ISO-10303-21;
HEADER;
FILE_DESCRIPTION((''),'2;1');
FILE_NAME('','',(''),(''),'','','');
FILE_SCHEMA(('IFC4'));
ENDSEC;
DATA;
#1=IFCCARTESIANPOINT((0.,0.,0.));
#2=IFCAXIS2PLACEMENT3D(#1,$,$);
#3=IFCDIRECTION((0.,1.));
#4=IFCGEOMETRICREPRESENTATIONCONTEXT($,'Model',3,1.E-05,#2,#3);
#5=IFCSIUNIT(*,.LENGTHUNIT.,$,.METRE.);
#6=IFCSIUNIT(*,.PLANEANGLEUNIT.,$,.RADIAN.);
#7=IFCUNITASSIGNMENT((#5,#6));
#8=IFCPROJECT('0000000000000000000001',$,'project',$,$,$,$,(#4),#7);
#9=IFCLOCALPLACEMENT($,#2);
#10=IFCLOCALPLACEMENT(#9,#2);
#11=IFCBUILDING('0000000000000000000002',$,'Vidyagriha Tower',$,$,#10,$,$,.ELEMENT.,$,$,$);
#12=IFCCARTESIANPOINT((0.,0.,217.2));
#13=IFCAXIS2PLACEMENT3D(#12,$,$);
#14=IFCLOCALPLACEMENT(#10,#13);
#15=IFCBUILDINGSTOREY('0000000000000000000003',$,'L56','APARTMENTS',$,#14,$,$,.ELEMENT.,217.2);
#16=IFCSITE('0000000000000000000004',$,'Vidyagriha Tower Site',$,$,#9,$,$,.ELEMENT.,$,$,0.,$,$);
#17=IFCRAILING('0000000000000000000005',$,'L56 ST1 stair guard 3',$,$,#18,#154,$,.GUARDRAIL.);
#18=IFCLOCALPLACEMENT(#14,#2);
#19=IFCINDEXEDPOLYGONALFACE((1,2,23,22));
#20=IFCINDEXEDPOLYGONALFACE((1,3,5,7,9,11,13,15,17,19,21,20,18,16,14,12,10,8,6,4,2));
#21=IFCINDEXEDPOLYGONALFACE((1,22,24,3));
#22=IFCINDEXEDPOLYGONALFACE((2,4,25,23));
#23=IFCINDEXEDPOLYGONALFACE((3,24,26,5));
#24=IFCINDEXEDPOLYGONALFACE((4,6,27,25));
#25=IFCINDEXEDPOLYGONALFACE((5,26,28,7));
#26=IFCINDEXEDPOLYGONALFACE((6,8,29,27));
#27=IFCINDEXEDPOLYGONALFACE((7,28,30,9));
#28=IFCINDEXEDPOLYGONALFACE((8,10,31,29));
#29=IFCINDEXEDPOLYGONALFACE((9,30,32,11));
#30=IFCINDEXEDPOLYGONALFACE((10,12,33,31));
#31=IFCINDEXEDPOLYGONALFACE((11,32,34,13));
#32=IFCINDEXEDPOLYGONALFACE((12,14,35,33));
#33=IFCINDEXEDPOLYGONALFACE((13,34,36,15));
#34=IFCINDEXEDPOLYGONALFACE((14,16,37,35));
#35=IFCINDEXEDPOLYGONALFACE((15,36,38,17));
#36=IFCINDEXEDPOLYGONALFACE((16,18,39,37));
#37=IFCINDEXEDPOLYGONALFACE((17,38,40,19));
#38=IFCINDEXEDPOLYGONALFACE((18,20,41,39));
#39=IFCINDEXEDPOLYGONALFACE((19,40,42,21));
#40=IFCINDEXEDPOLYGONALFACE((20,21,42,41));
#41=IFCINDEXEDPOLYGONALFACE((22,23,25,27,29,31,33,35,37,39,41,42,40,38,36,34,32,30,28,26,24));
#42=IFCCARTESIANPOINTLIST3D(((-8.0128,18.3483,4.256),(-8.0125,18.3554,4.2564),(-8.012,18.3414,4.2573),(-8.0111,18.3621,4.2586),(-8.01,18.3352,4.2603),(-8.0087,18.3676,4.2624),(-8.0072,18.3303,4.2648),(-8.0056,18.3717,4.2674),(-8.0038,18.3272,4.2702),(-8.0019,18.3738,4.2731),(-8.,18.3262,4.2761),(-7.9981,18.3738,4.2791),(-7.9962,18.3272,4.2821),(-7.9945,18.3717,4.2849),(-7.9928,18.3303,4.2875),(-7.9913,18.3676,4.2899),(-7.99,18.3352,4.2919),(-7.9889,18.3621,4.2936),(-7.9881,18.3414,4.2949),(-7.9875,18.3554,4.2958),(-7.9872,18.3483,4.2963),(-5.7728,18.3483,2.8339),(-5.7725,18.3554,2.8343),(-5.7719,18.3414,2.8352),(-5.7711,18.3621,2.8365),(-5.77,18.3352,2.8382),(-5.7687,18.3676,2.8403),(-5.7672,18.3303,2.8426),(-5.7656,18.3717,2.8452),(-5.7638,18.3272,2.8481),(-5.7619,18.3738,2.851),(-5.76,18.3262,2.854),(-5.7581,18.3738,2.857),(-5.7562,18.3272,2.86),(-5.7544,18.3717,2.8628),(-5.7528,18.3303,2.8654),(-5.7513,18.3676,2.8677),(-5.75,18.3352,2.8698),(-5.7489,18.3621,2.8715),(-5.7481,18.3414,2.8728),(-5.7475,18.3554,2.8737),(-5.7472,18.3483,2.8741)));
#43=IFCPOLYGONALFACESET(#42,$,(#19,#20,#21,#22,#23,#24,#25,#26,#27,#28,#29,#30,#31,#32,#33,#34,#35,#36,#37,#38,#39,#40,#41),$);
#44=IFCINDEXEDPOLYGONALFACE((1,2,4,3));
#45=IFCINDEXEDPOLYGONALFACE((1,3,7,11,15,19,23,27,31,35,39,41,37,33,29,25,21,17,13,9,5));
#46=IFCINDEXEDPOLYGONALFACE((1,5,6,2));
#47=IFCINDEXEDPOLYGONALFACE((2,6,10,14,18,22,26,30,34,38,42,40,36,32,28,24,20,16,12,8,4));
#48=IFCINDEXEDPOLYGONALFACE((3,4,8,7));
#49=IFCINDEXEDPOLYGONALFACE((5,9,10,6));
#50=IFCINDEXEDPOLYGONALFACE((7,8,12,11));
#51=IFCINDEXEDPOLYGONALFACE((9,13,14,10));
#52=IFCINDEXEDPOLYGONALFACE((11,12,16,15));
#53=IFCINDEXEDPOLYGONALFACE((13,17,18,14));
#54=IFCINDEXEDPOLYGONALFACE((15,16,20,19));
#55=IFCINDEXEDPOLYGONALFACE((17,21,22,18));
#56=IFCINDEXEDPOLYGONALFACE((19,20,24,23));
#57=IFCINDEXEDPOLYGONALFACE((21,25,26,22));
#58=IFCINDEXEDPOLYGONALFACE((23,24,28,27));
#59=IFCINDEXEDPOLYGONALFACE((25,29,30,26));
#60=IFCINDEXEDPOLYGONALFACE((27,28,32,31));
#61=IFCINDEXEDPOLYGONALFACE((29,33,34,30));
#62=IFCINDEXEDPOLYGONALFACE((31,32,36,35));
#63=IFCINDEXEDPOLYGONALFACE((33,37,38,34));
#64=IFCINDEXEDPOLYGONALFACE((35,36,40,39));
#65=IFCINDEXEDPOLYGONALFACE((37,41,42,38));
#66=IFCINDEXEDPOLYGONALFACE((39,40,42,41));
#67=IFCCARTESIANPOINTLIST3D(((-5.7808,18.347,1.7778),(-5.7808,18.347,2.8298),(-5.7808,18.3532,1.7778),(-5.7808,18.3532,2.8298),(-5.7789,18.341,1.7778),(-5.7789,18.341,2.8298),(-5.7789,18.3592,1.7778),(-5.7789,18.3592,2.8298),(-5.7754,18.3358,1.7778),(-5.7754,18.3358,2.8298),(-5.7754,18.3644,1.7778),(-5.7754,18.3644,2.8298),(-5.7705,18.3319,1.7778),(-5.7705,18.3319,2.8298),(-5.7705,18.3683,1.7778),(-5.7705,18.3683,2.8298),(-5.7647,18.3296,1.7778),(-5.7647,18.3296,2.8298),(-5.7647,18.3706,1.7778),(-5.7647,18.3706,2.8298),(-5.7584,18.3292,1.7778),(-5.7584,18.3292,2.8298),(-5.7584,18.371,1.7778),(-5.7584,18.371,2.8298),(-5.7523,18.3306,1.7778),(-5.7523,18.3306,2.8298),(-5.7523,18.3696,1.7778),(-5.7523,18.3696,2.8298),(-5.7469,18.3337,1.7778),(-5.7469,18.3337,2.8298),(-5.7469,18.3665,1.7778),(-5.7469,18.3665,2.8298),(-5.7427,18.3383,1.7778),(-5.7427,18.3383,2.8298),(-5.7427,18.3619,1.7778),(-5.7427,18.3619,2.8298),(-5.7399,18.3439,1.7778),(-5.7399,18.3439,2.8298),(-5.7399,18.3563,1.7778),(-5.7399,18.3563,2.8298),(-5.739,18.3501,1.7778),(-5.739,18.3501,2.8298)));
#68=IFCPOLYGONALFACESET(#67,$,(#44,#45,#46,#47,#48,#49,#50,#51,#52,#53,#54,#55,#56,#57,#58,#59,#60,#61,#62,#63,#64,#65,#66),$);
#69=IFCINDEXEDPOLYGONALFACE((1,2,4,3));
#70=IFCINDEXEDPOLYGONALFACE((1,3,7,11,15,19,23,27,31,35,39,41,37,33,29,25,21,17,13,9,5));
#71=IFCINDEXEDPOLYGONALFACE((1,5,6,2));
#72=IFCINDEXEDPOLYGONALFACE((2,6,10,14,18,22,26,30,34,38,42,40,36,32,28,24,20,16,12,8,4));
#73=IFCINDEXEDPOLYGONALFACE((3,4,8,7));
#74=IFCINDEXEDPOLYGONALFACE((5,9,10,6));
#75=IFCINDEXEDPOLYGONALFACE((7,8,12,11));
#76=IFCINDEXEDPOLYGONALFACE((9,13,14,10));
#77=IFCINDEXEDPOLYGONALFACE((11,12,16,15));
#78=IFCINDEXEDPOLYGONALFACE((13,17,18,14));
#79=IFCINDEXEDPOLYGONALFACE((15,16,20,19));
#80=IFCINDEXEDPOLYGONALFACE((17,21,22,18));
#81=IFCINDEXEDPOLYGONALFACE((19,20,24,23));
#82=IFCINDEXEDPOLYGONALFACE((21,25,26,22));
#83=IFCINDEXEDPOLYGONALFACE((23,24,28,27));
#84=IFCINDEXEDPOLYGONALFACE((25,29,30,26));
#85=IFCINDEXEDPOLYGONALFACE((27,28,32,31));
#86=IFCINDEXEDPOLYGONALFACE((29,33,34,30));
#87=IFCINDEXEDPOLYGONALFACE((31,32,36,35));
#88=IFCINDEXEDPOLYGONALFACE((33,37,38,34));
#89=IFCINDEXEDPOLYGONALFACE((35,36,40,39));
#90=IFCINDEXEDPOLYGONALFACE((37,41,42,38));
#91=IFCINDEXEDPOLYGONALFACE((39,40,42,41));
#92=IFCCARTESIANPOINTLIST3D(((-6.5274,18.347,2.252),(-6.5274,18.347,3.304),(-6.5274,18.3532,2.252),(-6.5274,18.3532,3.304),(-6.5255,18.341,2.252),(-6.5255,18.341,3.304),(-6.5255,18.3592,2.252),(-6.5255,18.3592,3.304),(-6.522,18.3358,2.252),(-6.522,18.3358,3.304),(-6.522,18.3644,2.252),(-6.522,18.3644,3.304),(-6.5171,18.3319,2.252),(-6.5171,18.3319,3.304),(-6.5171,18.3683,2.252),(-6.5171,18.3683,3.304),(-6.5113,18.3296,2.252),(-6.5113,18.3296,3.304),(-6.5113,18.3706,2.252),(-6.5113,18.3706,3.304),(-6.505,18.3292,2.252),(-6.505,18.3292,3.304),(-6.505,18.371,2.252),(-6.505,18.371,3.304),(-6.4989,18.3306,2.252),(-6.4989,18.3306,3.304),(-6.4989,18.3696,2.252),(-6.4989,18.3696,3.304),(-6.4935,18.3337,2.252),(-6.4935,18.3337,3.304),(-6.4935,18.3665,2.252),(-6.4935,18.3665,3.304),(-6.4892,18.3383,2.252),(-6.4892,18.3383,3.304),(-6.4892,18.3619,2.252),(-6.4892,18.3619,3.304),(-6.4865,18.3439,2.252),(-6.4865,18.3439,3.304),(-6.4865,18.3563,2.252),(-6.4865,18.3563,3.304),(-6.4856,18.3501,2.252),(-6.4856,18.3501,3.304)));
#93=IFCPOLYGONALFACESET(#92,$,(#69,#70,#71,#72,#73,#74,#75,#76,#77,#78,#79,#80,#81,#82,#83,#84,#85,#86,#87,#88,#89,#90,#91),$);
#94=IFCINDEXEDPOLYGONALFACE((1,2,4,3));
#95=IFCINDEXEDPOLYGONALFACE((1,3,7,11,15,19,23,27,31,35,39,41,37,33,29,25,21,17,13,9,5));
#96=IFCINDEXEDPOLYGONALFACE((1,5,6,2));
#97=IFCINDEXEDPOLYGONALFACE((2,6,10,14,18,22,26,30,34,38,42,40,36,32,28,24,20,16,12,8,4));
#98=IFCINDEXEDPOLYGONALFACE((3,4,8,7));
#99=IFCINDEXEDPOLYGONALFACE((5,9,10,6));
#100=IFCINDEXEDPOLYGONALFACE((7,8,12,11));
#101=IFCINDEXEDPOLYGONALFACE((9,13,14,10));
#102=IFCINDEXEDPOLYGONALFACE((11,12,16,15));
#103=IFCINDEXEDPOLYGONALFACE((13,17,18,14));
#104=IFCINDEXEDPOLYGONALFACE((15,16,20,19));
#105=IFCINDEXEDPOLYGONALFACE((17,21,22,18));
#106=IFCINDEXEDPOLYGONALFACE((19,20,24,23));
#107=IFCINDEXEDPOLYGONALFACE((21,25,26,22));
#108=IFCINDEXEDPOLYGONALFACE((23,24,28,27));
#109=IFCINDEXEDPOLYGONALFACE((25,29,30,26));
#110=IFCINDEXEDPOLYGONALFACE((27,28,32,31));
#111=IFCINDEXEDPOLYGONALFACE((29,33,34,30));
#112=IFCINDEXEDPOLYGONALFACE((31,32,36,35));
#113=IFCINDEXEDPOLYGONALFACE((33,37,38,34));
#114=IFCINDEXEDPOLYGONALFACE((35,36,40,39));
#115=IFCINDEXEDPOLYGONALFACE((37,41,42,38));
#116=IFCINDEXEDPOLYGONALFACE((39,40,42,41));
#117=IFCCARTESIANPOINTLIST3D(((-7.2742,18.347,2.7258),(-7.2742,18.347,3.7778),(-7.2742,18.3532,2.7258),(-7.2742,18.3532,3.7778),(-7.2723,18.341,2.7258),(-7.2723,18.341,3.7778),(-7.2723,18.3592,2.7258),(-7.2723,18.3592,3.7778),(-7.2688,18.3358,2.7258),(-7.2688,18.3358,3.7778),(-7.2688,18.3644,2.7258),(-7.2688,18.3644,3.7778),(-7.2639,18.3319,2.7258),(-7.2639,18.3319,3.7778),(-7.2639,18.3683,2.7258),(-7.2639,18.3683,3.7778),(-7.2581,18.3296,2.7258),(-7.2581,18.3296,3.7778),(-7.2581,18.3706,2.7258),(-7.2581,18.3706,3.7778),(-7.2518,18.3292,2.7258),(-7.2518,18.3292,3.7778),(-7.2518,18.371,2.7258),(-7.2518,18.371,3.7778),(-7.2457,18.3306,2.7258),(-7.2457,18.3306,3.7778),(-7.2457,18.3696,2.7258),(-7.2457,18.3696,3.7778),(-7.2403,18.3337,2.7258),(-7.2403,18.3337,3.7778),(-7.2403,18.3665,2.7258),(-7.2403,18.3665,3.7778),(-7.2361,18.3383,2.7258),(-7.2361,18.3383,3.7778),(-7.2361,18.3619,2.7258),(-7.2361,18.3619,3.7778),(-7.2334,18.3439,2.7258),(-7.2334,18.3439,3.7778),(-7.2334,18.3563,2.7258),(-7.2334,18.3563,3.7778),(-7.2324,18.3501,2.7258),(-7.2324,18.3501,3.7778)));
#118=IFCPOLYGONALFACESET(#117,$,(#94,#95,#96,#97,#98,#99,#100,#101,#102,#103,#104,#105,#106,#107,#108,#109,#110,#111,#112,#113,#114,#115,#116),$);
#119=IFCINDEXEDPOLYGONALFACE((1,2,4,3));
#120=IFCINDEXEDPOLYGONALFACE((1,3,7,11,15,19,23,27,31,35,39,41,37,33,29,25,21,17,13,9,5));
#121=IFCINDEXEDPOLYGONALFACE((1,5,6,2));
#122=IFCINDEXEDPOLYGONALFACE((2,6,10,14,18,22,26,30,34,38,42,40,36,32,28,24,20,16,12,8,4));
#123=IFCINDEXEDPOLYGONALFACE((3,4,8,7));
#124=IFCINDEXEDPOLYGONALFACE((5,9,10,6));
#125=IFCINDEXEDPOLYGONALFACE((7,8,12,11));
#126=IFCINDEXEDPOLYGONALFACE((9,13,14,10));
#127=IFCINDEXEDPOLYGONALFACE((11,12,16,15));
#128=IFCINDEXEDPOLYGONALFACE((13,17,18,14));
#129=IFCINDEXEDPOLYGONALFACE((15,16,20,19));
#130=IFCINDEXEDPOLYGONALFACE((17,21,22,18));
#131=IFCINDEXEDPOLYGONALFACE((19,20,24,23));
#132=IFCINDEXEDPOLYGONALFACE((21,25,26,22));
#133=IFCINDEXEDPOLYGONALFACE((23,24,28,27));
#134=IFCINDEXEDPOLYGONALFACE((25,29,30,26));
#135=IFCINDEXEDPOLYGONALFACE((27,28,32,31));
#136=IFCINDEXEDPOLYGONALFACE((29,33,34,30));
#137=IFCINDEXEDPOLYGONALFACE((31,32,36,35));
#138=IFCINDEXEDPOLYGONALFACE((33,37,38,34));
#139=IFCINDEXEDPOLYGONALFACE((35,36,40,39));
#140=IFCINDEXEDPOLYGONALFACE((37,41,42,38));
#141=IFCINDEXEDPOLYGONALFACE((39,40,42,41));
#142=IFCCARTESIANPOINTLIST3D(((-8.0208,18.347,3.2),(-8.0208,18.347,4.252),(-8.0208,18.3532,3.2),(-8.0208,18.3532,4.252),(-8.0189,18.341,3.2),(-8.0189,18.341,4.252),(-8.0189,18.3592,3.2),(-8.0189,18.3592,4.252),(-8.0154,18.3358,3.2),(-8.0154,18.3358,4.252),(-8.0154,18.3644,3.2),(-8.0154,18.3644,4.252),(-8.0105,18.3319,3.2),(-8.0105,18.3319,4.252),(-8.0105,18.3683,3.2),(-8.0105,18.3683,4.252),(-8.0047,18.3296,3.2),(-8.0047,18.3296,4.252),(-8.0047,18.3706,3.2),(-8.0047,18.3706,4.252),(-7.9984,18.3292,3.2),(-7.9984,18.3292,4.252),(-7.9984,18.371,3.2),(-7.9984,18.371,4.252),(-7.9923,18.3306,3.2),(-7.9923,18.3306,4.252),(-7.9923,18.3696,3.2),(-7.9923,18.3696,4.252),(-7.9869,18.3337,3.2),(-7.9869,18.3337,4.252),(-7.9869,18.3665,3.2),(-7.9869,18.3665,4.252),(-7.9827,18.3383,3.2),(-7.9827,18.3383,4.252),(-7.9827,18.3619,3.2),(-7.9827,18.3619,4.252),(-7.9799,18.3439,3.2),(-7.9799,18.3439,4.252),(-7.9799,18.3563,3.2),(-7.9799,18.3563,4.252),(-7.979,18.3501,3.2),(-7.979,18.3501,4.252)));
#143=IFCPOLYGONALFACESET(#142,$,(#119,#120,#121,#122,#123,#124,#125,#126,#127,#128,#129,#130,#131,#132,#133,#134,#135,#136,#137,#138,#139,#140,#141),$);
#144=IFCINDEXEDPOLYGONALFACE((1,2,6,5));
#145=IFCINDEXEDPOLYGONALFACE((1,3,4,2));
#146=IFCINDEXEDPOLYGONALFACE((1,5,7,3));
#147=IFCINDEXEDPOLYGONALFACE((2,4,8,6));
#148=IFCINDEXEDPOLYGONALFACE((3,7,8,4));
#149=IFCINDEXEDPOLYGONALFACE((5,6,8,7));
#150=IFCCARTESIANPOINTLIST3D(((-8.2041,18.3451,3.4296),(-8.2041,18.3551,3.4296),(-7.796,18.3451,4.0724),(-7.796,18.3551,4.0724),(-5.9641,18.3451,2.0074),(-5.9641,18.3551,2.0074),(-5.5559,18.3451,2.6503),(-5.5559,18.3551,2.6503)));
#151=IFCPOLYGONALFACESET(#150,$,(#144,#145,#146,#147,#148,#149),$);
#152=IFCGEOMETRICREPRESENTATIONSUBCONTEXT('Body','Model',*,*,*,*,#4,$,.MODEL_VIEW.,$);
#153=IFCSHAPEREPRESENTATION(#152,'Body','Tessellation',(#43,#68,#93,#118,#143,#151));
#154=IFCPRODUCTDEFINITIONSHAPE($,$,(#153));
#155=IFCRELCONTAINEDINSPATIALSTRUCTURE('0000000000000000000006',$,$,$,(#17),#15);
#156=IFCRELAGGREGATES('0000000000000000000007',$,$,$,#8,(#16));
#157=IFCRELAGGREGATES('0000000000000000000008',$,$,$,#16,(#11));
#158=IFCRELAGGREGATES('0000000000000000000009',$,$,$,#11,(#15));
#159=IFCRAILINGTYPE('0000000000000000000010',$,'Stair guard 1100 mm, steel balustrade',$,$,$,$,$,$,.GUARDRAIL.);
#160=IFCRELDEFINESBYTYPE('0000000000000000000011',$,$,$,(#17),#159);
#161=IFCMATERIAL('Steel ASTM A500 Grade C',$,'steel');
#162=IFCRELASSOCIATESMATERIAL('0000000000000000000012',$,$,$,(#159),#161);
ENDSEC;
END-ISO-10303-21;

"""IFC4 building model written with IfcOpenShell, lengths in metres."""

from ifc_helpers import new_model, si_unit, direction, frame, origin, origin_2d, place, context, subcontext, project, spatial, rectangle, circle, extrude, material, type_object, element, save


model = new_model("IFC4")

# Units and contexts
model_context = context("Model", 3, precision=1e-05, world=origin(), true_north=direction((0.0, 1.0)))
body_context = subcontext(model_context, "Body", "Model", "MODEL_VIEW")
ifc_project = project(units=[si_unit("LENGTHUNIT", "METRE"), si_unit("PLANEANGLEUNIT", "RADIAN")], contexts=[model_context])

# Site, building, storey
site_placement = place(None, origin())
site = spatial("IfcSite", under=ifc_project, at=site_placement, Name="Vidyagriha Tower Site", CompositionType="ELEMENT", RefElevation=0.0)
building_placement = place(site_placement, origin())
building = spatial("IfcBuilding", under=site, at=building_placement, Name="Vidyagriha Tower", CompositionType="ELEMENT")
storey_placement = place(building_placement, frame((0.0, 0.0, 217.2)))
storey = spatial("IfcBuildingStorey", under=building, at=storey_placement, Name="L56", Description="APARTMENTS", CompositionType="ELEMENT", Elevation=217.2)

# Railing
ifc_material_1 = material(Name="Steel ASTM A500 Grade C", Category="steel")
railing_type_1 = type_object("IfcRailingType", Name="Stair guard 1100 mm, steel balustrade", PredefinedType="GUARDRAIL", material=ifc_material_1)
railing_1_placement = place(storey_placement, frame((-5.76, 18.3501, 1.7778)))
element("IfcRailing", 1, at=railing_1_placement, inside=storey, type_object=railing_type_1, Name="L56 ST1 stair guard 3", PredefinedType="GUARDRAIL", context=body_context, shape_type="SweptSolid", body=[
    extrude(circle(Radius=0.0239, at=origin_2d()), frame((0.0, 0.0, 1.0762), z_axis=(-0.844229, 0.0, 0.535982), x_axis=(0.0, -1.0, 0.0)), (0.0, 0.0, 1.0), 2.6533),
    extrude(circle(Radius=0.021, at=origin_2d()), origin(), (0.0, 0.0, 1.0), 1.052),
    extrude(circle(Radius=0.021, at=origin_2d()), frame((-0.7466, 0.0, 0.4741)), (0.0, 0.0, 1.0), 1.052),
    extrude(circle(Radius=0.021, at=origin_2d()), frame((-1.4934, 0.0, 0.948)), (0.0, 0.0, 1.0), 1.052),
    extrude(circle(Radius=0.021, at=origin_2d()), frame((-2.24, 0.0, 1.4221)), (0.0, 0.0, 1.0), 1.052),
    extrude(rectangle(XDim=0.01, YDim=0.7615, at=origin_2d()), frame((0.0, 0.0, 0.551), z_axis=(-0.844229, 0.0, 0.535982), x_axis=(0.0, -1.0, 0.0)), (0.0, 0.0, 1.0), 2.6533),
])

save(model, "model.ifc")
